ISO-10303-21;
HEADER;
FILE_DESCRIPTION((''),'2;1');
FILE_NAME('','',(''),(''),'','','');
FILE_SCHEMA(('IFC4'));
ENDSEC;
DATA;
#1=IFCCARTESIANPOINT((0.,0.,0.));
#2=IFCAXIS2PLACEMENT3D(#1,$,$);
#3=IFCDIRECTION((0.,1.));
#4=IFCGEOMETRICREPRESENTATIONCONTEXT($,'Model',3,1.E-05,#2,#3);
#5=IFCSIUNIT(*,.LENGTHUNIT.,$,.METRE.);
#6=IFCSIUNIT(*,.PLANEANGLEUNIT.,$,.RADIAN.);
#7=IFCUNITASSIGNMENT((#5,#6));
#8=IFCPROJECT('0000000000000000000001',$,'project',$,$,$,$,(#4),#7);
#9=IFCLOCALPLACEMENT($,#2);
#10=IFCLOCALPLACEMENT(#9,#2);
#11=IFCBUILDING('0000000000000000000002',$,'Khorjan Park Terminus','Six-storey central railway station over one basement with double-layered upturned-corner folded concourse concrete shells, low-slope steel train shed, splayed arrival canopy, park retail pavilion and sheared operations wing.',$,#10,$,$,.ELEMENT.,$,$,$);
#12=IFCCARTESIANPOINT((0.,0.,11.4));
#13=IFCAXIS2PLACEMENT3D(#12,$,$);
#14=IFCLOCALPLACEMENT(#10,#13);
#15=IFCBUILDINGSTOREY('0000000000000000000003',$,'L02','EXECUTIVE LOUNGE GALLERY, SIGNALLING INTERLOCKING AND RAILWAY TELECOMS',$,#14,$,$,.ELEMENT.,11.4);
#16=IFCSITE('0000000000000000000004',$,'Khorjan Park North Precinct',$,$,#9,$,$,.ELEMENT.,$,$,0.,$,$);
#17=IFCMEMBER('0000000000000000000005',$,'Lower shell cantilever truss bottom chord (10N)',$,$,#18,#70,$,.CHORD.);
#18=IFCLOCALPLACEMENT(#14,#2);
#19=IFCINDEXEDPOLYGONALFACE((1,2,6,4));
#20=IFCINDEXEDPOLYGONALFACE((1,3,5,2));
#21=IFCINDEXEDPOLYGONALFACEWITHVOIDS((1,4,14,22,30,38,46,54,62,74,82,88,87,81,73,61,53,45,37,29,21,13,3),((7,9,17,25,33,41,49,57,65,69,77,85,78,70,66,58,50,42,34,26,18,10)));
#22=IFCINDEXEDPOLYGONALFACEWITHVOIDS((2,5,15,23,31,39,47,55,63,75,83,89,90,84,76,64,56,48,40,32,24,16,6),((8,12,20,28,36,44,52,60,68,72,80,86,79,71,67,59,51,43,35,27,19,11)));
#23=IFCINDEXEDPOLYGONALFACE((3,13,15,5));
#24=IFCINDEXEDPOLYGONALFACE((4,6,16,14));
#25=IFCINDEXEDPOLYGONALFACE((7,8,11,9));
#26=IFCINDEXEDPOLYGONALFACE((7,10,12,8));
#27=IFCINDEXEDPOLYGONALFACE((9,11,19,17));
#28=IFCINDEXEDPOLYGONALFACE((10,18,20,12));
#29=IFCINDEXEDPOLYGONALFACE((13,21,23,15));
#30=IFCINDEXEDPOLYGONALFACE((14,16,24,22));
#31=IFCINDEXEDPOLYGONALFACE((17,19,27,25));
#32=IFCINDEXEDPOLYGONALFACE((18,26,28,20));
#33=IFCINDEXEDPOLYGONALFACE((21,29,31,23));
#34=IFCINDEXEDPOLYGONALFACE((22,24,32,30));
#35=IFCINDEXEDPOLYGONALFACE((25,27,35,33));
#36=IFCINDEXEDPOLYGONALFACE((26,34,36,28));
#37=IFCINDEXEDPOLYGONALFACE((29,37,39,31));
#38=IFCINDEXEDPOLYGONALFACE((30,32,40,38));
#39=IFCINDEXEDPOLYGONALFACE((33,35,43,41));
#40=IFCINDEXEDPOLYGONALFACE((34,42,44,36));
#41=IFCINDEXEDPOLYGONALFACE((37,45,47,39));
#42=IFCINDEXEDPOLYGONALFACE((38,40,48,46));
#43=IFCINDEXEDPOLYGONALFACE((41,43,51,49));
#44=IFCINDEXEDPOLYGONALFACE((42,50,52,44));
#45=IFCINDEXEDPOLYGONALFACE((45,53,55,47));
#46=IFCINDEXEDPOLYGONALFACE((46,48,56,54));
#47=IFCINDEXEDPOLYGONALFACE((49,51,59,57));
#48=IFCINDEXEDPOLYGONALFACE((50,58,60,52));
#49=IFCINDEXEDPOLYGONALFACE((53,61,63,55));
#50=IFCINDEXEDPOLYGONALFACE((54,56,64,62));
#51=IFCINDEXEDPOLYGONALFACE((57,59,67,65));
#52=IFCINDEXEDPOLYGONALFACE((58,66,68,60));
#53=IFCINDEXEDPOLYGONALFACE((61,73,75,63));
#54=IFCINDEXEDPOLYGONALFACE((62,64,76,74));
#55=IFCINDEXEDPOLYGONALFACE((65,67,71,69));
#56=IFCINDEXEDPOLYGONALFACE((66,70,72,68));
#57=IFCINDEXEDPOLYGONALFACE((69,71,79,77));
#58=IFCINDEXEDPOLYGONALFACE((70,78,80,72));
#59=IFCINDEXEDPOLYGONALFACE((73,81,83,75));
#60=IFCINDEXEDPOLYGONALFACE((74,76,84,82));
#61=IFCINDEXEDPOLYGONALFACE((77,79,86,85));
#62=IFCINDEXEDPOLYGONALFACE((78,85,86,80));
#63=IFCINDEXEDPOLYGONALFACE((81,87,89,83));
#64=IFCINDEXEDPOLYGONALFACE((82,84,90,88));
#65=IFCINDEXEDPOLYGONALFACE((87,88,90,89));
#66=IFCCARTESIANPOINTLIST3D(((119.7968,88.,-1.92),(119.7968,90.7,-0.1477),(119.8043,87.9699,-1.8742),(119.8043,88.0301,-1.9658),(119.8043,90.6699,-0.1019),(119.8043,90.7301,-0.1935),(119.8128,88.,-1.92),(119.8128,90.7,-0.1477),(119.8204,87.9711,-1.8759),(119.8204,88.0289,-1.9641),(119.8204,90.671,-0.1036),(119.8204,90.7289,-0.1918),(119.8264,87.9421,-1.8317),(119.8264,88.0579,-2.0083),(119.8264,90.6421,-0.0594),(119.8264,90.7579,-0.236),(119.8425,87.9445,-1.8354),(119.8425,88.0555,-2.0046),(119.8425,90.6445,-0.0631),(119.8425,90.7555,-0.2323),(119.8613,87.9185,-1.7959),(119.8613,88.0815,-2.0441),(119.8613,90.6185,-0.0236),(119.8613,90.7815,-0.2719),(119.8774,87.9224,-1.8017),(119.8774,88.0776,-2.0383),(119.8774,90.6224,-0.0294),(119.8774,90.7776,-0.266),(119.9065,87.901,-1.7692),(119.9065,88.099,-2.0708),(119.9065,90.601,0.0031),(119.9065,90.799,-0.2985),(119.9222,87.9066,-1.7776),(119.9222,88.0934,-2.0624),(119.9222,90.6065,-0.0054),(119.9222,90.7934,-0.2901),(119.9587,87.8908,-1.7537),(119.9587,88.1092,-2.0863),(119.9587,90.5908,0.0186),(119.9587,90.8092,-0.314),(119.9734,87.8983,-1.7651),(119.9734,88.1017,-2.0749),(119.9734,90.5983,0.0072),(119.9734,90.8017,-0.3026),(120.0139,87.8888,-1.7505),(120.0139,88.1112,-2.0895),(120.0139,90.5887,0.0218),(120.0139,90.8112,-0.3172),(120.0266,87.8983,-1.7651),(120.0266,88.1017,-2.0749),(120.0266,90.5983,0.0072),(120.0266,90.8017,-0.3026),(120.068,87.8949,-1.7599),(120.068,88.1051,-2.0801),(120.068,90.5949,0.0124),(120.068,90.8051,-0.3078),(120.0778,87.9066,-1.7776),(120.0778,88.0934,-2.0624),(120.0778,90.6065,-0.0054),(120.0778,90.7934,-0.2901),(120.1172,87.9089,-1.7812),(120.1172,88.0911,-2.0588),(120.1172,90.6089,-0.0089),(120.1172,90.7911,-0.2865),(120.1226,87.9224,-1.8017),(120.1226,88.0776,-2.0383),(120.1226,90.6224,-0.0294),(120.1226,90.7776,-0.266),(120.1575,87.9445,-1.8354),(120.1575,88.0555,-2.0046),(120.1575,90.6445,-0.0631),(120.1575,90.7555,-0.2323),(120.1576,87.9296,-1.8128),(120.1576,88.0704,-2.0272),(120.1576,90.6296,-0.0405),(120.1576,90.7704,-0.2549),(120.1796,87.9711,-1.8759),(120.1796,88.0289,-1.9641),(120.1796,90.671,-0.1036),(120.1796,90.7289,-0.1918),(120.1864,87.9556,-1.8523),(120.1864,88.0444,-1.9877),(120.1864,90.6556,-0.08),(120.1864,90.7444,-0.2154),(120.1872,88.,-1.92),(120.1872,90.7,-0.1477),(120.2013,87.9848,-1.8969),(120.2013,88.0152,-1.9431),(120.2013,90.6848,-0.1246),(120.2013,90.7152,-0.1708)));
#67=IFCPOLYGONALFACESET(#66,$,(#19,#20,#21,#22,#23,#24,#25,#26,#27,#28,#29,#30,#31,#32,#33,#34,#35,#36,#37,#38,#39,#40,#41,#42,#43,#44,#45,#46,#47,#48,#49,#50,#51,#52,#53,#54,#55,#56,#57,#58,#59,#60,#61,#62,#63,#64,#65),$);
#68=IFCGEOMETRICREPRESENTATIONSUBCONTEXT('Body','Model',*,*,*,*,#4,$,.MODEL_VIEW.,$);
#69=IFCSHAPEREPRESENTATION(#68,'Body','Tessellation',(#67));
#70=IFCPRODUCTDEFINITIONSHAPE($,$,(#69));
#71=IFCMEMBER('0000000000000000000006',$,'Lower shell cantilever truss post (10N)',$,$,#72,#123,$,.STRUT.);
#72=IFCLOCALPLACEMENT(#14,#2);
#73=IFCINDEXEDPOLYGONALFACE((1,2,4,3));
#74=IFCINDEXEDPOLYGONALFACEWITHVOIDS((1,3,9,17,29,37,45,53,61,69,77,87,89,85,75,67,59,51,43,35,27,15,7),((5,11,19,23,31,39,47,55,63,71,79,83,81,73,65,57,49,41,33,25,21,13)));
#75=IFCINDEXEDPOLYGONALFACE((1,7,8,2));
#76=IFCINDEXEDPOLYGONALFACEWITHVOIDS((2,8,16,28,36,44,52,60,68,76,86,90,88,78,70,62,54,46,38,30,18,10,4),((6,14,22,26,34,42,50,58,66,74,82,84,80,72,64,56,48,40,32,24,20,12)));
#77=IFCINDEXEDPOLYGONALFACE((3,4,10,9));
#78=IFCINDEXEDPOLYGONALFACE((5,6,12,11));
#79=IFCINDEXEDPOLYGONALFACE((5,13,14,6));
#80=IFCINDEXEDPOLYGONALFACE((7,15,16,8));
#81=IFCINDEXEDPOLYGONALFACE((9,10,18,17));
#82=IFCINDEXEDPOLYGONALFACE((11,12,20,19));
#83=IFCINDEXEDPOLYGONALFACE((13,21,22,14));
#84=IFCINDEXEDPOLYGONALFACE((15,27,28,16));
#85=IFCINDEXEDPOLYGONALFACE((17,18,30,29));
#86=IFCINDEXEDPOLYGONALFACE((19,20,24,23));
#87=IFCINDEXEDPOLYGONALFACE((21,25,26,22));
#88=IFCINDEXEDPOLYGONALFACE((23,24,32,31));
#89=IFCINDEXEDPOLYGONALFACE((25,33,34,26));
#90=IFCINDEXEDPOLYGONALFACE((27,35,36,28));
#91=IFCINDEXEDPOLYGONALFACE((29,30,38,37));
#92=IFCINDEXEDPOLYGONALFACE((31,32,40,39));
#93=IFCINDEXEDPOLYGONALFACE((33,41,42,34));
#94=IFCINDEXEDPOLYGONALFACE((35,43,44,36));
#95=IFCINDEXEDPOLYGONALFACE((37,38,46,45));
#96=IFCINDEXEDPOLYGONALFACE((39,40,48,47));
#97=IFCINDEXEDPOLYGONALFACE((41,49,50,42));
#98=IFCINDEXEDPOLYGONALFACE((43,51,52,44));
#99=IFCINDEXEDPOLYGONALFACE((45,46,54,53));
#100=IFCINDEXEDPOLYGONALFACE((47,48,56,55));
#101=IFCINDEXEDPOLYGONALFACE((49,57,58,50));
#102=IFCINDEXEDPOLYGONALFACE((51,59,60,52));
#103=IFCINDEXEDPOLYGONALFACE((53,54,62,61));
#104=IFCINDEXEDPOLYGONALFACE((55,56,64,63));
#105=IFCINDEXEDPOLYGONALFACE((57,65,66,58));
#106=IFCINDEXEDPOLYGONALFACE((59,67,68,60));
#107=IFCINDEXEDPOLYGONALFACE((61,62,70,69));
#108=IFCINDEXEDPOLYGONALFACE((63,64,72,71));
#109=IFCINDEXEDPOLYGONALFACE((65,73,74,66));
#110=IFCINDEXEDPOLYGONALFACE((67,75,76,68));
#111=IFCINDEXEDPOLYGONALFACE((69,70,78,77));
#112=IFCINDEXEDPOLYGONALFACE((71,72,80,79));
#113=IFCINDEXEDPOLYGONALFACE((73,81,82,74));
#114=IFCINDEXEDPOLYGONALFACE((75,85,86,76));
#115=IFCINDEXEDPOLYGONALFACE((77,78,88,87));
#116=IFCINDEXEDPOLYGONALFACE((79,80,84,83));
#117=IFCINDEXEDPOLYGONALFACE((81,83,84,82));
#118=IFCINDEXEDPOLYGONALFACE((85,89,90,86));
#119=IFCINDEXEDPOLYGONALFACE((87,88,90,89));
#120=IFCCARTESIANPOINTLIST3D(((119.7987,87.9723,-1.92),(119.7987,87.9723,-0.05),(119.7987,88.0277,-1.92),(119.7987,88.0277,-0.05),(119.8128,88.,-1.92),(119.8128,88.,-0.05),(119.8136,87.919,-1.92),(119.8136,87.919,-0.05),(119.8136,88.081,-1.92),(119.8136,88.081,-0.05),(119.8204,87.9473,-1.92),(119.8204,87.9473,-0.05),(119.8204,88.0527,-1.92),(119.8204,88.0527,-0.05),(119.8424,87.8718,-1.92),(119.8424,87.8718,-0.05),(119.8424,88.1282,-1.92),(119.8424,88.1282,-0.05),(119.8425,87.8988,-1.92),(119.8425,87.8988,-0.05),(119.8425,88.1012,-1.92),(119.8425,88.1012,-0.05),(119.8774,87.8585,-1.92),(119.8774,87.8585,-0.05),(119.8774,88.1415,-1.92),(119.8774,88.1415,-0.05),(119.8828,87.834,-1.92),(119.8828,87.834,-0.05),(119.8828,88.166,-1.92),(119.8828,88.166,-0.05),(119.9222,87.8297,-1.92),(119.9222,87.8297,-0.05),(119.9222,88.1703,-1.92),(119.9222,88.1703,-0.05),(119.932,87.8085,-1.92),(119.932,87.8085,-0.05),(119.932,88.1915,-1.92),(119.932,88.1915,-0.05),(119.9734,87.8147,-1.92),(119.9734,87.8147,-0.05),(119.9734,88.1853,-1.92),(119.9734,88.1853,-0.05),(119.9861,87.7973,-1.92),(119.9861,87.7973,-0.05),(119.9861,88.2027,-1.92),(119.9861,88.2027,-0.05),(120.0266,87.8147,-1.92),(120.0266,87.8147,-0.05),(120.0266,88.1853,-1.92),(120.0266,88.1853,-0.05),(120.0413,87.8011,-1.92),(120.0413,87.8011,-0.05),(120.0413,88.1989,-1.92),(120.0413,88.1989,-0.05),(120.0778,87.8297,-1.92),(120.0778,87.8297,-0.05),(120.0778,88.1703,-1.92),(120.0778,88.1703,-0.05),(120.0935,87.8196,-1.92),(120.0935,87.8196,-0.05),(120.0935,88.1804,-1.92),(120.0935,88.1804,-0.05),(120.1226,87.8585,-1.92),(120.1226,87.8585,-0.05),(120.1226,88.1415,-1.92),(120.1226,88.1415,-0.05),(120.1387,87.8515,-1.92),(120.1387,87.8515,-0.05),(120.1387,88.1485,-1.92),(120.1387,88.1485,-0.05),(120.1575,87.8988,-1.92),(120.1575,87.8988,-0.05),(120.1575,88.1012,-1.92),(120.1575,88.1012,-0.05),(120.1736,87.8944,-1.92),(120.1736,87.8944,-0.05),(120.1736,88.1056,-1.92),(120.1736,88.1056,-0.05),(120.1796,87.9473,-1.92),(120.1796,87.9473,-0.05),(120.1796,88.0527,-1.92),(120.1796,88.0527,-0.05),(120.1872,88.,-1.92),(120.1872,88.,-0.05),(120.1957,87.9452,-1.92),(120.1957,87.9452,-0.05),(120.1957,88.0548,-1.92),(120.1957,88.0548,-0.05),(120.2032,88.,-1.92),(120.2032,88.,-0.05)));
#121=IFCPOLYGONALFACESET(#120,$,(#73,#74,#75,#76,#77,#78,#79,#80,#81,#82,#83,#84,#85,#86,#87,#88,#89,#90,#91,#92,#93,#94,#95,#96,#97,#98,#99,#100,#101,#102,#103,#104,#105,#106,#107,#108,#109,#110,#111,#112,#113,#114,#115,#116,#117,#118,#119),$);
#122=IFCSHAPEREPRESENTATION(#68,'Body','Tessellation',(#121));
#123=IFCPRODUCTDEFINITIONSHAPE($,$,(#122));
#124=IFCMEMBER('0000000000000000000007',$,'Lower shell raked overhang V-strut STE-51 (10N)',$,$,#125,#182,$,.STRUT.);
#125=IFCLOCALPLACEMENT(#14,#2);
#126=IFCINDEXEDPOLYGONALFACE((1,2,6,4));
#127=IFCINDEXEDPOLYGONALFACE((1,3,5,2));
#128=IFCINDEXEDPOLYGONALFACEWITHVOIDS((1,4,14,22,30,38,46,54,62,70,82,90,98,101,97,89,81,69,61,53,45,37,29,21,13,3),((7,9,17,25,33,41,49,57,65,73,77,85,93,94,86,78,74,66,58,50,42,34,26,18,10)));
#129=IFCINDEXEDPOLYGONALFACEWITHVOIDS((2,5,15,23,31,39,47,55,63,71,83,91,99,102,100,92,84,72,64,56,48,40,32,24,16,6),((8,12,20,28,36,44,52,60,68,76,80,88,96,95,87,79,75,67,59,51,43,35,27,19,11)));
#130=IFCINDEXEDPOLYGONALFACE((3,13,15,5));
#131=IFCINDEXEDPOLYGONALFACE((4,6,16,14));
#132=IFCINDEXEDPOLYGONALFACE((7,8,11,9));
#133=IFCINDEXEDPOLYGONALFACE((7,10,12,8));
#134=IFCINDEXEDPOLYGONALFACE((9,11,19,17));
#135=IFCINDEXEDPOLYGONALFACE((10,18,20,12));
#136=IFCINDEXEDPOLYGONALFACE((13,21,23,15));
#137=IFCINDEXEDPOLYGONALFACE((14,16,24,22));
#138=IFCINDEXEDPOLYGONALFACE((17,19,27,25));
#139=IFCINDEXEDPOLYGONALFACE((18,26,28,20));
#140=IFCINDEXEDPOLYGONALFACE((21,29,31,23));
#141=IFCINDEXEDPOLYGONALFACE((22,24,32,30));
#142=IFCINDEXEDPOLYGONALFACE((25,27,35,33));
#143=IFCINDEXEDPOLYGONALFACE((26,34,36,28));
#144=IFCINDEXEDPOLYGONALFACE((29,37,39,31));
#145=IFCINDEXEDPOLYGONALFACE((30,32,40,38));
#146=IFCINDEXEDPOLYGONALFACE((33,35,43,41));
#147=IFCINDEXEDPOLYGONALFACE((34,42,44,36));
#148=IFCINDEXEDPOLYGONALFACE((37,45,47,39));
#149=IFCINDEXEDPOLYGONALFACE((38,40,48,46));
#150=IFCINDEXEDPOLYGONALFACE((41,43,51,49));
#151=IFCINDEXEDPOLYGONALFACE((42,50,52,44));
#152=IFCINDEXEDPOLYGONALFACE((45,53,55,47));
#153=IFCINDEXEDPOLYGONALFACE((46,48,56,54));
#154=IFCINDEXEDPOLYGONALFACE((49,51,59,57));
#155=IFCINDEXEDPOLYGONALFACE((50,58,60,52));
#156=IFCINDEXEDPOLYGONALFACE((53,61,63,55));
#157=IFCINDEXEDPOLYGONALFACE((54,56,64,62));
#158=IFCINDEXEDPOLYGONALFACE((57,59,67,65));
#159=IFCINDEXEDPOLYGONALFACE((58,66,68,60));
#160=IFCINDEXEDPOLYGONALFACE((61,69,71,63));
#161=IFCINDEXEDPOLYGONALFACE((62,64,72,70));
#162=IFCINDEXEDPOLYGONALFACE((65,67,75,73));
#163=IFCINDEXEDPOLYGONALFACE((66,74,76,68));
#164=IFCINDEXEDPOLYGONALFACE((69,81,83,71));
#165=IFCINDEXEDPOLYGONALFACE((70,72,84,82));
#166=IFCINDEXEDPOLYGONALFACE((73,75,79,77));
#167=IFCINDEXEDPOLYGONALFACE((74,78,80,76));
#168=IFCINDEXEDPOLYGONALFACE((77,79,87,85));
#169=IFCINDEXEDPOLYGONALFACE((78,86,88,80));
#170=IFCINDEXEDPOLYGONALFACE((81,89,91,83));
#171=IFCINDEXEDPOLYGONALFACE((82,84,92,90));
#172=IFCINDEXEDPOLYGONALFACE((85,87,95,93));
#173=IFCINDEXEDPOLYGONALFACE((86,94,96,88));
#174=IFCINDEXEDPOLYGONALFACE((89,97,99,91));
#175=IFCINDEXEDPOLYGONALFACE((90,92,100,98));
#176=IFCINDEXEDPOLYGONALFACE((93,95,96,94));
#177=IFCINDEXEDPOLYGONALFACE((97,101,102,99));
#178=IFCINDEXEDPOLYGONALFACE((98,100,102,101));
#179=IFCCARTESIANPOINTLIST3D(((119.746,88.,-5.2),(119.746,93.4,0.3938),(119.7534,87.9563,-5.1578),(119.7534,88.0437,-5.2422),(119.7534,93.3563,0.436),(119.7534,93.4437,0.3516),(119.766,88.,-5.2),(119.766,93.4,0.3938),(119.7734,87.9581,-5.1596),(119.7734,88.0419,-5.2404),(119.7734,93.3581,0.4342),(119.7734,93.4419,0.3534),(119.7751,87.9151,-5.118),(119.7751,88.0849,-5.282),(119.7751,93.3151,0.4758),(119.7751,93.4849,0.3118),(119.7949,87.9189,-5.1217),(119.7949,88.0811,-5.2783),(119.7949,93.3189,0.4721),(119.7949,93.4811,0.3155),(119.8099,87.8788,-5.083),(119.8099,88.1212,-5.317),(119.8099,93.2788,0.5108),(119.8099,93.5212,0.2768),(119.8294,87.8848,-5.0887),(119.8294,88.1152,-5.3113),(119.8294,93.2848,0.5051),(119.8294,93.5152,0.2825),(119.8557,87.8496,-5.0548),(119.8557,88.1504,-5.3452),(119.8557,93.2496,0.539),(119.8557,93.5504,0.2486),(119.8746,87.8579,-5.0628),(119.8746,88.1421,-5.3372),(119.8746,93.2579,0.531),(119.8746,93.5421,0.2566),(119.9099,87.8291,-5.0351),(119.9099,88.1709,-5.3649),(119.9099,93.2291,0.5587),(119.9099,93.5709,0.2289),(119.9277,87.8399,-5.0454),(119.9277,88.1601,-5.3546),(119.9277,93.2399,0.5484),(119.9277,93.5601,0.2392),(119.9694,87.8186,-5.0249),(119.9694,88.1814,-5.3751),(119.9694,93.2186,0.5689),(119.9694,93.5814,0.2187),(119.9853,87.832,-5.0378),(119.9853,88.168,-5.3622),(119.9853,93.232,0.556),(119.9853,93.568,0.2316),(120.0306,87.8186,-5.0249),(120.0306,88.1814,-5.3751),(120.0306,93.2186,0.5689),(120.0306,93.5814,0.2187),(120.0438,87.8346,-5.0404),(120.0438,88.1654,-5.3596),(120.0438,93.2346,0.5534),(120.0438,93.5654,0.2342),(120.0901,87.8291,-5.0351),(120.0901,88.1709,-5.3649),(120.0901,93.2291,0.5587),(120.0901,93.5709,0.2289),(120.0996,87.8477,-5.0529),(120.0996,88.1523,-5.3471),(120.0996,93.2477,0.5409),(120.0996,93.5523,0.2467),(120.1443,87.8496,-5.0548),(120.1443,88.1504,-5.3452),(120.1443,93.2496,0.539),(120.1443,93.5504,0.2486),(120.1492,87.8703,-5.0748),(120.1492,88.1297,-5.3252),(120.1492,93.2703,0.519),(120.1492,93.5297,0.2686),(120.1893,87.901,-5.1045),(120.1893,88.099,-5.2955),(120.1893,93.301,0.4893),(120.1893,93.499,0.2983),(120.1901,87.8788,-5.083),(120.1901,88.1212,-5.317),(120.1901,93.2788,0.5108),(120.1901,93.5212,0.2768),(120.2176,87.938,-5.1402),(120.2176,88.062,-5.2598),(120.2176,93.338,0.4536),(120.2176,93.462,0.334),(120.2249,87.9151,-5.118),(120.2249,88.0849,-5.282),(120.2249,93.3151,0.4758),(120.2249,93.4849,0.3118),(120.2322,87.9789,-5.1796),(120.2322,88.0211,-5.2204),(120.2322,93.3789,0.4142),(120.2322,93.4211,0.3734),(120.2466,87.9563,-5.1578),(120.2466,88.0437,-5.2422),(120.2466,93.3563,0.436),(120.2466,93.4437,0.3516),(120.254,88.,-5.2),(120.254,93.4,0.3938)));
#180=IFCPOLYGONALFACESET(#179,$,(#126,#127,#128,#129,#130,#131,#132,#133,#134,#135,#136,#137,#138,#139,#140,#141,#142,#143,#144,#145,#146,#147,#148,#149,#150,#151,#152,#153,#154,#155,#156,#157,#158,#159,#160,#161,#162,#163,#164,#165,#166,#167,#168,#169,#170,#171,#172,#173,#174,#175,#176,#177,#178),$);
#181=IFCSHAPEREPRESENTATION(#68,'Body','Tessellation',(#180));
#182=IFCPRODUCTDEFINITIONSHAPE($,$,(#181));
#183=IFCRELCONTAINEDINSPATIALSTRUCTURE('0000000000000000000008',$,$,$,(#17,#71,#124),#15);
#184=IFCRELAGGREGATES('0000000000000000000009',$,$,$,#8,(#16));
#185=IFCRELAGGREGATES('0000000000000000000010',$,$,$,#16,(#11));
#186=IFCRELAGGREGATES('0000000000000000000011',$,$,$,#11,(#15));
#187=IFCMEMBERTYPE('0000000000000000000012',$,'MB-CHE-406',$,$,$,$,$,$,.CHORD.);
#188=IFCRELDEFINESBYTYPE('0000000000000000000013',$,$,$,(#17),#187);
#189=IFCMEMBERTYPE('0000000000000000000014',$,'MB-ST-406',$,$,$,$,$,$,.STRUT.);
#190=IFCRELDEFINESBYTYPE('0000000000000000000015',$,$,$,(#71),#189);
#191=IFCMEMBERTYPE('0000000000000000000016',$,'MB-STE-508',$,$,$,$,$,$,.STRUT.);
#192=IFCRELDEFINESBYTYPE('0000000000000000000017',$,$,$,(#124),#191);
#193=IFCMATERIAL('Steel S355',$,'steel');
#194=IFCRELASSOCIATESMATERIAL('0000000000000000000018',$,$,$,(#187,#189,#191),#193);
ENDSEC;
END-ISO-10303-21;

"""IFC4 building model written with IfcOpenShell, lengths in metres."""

from ifc_helpers import new_model, si_unit, direction, frame, origin, origin_2d, place, context, subcontext, project, spatial, hollow_circle, extrude, material, material_profile, profile_set, type_object, element, save


model = new_model("IFC4")

# Units and contexts
model_context = context("Model", 3, precision=1e-05, world=origin(), true_north=direction((0.0, 1.0)))
body_context = subcontext(model_context, "Body", "Model", "MODEL_VIEW")
ifc_project = project(units=[si_unit("LENGTHUNIT", "METRE"), si_unit("PLANEANGLEUNIT", "RADIAN")], contexts=[model_context])

# Site, building, storey
site_placement = place(None, origin())
site = spatial("IfcSite", under=ifc_project, at=site_placement, Name="Khorjan Park North Precinct", CompositionType="ELEMENT", RefElevation=0.0)
building_placement = place(site_placement, origin())
building = spatial("IfcBuilding", under=site, at=building_placement, Name="Khorjan Park Terminus", Description="Six-storey central railway station over one basement with double-layered upturned-corner folded concourse concrete shells, low-slope steel train shed, splayed arrival canopy, park retail pavilion and sheared operations wing.", CompositionType="ELEMENT")
storey_placement = place(building_placement, frame((0.0, 0.0, 11.4)))
storey = spatial("IfcBuildingStorey", under=building, at=storey_placement, Name="L02", Description="EXECUTIVE LOUNGE GALLERY, SIGNALLING INTERLOCKING AND RAILWAY TELECOMS", CompositionType="ELEMENT", Elevation=11.4)

# Members
ifc_material_1 = material(Name="Steel S355", Category="steel")
ifc_material_profile_1 = material_profile(ifc_material_1, hollow_circle(Radius=0.2032, WallThickness=0.016, at=origin_2d()), Name="CHS 406.4x16")
ifc_profile_set_1 = profile_set([ifc_material_profile_1], Name="Steel S355")
member_type_1 = type_object("IfcMemberType", Name="MB-CHE-406", PredefinedType="CHORD", material=ifc_profile_set_1)
member_1_placement = place(storey_placement, frame((120.0, 88.0, -1.92), z_axis=(0.0, 0.835988, 0.548748), x_axis=(-1.0, 0.0, 0.0)))
element("IfcMember", 1, at=member_1_placement, inside=storey, type_object=member_type_1, Name="Lower shell cantilever truss bottom chord (10N)", PredefinedType="CHORD", context=body_context, shape_type="SweptSolid", body=[
    extrude(hollow_circle(Radius=0.2032, WallThickness=0.016, at=origin_2d()), origin(), (0.0, 0.0, 1.0), 3.2297),
])
ifc_material_profile_2 = material_profile(ifc_material_1, hollow_circle(Radius=0.2032, WallThickness=0.016, at=origin_2d()), Name="CHS 406.4x16")
ifc_profile_set_2 = profile_set([ifc_material_profile_2], Name="Steel S355")
member_type_2 = type_object("IfcMemberType", Name="MB-ST-406", PredefinedType="STRUT", material=ifc_profile_set_2)
member_2_placement = place(storey_placement, frame((120.0, 88.0, -1.92), z_axis=(0.0, 0.0, 1.0), x_axis=(1.0, 0.0, 0.0)))
element("IfcMember", 2, at=member_2_placement, inside=storey, type_object=member_type_2, Name="Lower shell cantilever truss post (10N)", PredefinedType="STRUT", context=body_context, shape_type="SweptSolid", body=[
    extrude(hollow_circle(Radius=0.2032, WallThickness=0.016, at=origin_2d()), origin(), (0.0, 0.0, 1.0), 1.87),
])
ifc_material_profile_3 = material_profile(ifc_material_1, hollow_circle(Radius=0.254, WallThickness=0.02, at=origin_2d()), Name="CHS 508x20")
ifc_profile_set_3 = profile_set([ifc_material_profile_3], Name="Steel S355")
member_type_3 = type_object("IfcMemberType", Name="MB-STE-508", PredefinedType="STRUT", material=ifc_profile_set_3)
member_3_placement = place(storey_placement, frame((120.0, 88.0, -5.2), z_axis=(0.0, 0.694534, 0.71946), x_axis=(-1.0, 0.0, 0.0)))
element("IfcMember", 3, at=member_3_placement, inside=storey, type_object=member_type_3, Name="Lower shell raked overhang V-strut STE-51 (10N)", PredefinedType="STRUT", context=body_context, shape_type="SweptSolid", body=[
    extrude(hollow_circle(Radius=0.254, WallThickness=0.02, at=origin_2d()), origin(), (0.0, 0.0, 1.0), 7.775),
])

save(model, "model.ifc")
